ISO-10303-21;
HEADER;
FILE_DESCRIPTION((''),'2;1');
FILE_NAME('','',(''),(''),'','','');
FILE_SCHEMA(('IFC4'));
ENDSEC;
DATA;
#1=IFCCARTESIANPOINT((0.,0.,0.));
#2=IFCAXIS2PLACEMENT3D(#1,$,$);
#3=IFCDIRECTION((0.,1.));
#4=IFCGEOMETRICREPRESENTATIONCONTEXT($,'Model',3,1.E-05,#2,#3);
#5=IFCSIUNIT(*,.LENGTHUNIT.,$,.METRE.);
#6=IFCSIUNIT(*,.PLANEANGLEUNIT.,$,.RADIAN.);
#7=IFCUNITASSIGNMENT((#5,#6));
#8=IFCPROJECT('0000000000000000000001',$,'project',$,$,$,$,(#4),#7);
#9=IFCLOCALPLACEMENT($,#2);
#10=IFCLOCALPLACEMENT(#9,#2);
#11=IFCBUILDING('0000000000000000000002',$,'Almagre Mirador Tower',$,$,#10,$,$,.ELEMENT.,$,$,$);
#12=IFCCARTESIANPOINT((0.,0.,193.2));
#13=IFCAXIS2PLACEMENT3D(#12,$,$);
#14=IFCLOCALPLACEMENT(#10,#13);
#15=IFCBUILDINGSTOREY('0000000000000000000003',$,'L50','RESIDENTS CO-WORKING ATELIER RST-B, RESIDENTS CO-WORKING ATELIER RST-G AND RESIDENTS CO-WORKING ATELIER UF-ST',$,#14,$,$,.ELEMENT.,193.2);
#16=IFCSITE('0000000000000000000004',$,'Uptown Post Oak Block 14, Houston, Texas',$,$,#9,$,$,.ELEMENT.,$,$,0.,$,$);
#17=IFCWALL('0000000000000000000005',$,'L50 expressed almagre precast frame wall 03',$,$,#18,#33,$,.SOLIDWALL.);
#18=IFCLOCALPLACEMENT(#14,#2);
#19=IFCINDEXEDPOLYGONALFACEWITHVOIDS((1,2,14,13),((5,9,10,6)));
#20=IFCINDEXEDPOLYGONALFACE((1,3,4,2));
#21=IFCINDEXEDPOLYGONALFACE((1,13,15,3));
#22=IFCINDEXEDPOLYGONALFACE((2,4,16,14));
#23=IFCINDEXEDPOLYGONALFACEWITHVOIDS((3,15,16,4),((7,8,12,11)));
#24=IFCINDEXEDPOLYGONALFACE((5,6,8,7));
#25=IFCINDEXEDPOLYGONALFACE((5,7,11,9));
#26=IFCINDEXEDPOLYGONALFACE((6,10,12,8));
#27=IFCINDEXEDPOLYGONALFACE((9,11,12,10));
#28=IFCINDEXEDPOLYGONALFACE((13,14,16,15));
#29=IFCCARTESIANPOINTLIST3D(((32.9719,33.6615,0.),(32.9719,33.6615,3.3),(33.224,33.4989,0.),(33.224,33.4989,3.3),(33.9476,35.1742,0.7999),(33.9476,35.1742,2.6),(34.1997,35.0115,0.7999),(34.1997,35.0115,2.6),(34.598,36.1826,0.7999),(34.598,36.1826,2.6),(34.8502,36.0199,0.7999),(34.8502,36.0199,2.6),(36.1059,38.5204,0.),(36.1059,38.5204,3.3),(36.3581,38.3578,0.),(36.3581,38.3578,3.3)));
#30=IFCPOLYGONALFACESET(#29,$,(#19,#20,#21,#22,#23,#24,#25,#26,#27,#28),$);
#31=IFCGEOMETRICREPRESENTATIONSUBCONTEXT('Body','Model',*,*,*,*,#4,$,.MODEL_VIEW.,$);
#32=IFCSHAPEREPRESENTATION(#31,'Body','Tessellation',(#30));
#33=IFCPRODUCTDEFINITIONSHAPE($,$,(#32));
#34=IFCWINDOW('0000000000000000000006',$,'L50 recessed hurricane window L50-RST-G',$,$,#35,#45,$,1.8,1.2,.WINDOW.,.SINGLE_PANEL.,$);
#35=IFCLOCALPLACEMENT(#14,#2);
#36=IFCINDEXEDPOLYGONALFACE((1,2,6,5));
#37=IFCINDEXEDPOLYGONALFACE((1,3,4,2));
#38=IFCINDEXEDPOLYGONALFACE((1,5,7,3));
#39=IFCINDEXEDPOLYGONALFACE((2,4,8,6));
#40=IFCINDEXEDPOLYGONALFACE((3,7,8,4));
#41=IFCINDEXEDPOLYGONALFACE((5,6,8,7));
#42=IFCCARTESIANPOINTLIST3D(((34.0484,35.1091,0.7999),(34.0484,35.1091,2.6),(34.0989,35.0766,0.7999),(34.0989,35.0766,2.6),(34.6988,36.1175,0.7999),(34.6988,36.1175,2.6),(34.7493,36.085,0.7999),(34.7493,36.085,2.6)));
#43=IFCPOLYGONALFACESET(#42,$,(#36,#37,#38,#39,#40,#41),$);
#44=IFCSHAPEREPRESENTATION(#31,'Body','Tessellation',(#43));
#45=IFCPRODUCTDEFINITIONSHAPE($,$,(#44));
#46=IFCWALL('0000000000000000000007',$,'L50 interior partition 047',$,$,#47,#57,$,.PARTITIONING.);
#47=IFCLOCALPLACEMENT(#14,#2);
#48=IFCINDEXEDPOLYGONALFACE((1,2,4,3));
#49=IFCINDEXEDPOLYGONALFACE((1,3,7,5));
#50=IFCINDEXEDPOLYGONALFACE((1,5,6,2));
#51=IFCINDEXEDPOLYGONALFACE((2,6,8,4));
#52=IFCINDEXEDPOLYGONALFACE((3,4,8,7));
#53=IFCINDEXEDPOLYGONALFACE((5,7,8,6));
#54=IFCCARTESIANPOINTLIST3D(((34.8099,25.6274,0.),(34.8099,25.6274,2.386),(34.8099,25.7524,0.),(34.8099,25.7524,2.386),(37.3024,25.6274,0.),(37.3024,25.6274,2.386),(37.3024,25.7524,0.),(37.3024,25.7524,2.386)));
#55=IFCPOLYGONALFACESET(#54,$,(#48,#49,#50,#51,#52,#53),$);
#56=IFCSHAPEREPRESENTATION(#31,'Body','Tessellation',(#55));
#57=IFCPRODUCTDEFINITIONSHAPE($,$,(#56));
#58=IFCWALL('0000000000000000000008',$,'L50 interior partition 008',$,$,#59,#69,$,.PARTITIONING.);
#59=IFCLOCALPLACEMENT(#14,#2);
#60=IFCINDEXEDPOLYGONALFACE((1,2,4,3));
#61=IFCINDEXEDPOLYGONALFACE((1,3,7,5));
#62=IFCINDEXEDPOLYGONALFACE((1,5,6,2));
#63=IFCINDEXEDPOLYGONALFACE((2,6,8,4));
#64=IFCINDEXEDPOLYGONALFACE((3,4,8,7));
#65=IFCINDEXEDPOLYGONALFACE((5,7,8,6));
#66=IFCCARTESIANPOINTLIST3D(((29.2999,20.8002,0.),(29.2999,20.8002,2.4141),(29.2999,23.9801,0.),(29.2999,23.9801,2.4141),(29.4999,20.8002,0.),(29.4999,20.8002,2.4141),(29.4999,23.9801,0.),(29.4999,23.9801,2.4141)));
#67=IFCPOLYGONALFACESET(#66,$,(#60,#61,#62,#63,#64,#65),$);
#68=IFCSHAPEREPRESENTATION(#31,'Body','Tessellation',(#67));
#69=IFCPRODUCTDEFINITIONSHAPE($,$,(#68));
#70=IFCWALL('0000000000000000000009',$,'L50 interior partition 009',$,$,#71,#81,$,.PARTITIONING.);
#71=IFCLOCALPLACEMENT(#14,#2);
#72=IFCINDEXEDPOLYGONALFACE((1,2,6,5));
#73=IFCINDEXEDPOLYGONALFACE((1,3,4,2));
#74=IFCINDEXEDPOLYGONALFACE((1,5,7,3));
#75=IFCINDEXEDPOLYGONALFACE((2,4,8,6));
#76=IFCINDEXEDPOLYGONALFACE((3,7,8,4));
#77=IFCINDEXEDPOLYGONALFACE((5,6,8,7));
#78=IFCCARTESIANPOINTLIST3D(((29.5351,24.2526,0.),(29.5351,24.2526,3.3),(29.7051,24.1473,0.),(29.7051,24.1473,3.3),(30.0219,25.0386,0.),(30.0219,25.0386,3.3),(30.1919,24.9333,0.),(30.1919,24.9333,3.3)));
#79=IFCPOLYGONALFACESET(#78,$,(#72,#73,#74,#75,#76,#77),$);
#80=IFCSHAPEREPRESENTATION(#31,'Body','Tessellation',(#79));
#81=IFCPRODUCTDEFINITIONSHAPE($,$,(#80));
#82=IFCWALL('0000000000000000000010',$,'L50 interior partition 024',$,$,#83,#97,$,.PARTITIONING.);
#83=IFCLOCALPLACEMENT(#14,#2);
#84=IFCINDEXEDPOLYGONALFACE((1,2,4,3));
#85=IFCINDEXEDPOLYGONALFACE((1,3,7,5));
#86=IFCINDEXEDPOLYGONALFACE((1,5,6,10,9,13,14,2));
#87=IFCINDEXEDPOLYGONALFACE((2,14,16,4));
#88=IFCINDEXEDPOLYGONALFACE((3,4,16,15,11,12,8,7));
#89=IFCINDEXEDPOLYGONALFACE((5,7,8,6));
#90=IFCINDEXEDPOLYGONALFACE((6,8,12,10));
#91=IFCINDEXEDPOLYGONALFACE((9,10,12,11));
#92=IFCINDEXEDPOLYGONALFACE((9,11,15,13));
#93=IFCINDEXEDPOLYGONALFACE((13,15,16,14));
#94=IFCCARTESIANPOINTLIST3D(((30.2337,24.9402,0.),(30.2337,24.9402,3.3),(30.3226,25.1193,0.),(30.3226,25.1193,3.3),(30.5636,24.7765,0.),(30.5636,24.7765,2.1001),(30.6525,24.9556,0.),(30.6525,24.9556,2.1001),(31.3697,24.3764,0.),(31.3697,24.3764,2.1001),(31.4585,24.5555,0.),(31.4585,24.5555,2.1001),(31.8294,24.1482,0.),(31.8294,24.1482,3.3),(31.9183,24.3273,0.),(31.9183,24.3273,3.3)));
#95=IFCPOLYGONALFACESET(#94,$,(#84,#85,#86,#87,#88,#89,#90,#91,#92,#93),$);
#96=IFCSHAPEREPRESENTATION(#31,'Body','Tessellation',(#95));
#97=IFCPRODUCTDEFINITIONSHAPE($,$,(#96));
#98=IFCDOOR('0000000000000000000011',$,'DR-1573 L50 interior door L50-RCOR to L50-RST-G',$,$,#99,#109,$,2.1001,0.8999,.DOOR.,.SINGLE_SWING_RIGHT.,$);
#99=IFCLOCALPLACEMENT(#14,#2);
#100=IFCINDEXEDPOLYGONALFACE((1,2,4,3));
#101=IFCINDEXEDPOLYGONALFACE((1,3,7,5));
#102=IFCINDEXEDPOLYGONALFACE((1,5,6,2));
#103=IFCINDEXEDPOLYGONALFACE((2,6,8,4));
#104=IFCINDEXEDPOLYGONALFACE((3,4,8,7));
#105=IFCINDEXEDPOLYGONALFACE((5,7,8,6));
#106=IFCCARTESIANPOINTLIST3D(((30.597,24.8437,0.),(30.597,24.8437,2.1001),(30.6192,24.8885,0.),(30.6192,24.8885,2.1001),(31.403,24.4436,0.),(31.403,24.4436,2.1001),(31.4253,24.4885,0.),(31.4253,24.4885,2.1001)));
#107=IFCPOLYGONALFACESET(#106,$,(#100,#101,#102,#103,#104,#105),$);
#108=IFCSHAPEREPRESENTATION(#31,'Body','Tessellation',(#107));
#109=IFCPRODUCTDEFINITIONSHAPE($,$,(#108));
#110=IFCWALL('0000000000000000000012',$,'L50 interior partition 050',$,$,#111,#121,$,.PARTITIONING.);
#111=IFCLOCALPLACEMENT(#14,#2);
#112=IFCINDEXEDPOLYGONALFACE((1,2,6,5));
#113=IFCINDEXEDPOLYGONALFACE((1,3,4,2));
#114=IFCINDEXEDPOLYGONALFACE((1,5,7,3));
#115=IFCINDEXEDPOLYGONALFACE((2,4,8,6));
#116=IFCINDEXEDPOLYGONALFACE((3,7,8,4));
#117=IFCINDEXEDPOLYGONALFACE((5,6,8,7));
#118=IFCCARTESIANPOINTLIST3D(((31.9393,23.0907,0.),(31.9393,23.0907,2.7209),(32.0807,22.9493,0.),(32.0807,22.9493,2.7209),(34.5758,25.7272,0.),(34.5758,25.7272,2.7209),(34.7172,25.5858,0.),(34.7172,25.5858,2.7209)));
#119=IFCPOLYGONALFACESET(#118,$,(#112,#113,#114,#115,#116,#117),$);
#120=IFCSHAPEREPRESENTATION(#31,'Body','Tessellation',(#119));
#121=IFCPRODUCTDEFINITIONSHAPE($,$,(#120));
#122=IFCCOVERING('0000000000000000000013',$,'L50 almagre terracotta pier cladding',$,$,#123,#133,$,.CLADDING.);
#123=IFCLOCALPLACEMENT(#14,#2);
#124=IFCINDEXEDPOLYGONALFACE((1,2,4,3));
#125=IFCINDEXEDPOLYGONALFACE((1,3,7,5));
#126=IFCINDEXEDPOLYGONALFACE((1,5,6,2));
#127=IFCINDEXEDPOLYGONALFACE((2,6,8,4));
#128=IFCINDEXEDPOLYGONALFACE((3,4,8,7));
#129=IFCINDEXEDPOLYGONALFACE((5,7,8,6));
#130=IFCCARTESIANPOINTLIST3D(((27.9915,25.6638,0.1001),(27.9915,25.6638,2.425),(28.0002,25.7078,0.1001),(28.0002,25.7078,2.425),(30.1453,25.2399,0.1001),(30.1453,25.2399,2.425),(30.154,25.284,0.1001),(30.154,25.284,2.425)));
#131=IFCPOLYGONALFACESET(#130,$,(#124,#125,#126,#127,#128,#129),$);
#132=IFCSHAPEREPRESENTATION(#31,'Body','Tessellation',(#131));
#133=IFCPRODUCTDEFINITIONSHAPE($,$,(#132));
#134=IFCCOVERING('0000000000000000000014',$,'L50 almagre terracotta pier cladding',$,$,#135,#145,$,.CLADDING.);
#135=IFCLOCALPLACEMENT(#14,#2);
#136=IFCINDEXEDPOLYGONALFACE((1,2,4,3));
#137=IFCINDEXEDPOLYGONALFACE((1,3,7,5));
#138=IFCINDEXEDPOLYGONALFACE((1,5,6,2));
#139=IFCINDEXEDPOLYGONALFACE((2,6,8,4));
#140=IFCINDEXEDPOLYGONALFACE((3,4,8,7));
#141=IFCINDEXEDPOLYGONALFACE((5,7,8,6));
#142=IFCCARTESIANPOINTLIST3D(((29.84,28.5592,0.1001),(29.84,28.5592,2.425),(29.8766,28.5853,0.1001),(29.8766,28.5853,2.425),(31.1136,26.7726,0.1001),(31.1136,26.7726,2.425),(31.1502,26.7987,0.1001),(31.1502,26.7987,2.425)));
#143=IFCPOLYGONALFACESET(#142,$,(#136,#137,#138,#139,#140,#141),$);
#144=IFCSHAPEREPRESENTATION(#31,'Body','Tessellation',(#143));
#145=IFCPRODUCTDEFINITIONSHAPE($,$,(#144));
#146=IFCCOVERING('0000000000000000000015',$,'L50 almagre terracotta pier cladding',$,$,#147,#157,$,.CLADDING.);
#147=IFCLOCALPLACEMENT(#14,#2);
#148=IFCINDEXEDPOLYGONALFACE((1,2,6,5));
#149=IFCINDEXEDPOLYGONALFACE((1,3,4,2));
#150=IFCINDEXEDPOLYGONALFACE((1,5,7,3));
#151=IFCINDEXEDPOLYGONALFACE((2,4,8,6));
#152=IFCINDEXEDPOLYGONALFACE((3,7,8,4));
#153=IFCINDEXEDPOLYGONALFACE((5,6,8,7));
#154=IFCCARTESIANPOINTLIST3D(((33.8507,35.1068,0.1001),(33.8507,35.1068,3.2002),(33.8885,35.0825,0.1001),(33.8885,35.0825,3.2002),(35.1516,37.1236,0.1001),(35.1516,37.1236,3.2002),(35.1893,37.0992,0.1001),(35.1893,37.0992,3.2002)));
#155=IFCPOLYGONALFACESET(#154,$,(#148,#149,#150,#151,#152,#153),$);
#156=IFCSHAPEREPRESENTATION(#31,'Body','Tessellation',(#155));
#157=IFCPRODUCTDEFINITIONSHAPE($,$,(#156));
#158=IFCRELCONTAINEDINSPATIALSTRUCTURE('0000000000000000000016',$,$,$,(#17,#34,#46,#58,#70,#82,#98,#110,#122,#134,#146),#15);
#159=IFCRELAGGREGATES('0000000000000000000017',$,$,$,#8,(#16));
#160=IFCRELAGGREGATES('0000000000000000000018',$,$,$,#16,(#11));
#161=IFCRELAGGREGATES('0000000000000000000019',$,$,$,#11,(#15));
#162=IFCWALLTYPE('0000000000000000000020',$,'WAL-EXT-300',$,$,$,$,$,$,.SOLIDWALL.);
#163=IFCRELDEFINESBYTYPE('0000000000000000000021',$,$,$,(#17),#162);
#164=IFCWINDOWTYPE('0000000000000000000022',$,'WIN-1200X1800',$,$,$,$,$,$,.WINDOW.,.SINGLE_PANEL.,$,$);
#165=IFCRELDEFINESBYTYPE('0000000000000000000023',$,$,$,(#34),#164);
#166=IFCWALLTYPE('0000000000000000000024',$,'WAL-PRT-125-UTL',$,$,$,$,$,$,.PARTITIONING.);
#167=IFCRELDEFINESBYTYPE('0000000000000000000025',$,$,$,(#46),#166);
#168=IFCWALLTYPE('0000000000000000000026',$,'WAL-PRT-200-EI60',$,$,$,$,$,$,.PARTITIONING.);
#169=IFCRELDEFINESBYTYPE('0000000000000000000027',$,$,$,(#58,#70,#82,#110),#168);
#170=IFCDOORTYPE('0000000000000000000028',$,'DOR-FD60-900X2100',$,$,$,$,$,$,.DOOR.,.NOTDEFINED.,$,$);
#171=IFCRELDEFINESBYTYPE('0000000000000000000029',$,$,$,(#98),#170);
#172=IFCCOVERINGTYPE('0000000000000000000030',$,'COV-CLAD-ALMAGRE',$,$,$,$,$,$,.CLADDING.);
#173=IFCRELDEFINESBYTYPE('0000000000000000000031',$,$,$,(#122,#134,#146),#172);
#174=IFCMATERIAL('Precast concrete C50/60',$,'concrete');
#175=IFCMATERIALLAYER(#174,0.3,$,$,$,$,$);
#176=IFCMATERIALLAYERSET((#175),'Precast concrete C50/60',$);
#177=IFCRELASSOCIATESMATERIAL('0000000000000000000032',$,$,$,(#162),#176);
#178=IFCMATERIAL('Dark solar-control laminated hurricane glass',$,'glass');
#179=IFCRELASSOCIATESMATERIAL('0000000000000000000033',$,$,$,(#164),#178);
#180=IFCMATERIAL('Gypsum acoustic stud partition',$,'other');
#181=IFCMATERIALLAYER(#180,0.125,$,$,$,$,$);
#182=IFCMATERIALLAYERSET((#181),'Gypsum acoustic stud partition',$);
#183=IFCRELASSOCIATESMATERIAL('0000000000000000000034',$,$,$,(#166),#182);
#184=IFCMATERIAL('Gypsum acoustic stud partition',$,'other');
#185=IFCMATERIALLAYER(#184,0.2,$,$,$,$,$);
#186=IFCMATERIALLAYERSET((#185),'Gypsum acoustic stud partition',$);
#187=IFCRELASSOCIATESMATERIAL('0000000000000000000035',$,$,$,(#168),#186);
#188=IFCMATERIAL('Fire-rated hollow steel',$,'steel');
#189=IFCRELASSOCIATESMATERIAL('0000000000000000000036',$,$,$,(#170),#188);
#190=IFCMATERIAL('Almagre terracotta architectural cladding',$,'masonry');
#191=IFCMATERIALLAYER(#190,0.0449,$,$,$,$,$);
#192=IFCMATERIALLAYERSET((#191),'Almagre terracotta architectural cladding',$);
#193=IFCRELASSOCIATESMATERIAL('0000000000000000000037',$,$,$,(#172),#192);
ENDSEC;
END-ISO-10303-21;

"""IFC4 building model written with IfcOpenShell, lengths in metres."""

from ifc_helpers import new_model, si_unit, direction, frame, frame_2d, origin, origin_2d, place, context, subcontext, project, spatial, rectangle, extrude, material, layer, layer_set, type_object, element, fill, save


model = new_model("IFC4")

# Units and contexts
model_context = context("Model", 3, precision=1e-05, world=origin(), true_north=direction((0.0, 1.0)))
body_context = subcontext(model_context, "Body", "Model", "MODEL_VIEW")
ifc_project = project(units=[si_unit("LENGTHUNIT", "METRE"), si_unit("PLANEANGLEUNIT", "RADIAN")], contexts=[model_context])

# Site, building, storey
site_placement = place(None, origin())
site = spatial("IfcSite", under=ifc_project, at=site_placement, Name="Uptown Post Oak Block 14, Houston, Texas", CompositionType="ELEMENT", RefElevation=0.0)
building_placement = place(site_placement, origin())
building = spatial("IfcBuilding", under=site, at=building_placement, Name="Almagre Mirador Tower", CompositionType="ELEMENT")
storey_placement = place(building_placement, frame((0.0, 0.0, 193.2)))
storey = spatial("IfcBuildingStorey", under=building, at=storey_placement, Name="L50", Description="RESIDENTS CO-WORKING ATELIER RST-B, RESIDENTS CO-WORKING ATELIER RST-G AND RESIDENTS CO-WORKING ATELIER UF-ST", CompositionType="ELEMENT", Elevation=193.2)

# Shared definitions
ifc_material_1 = material(Name="Precast concrete C50/60", Category="concrete")
ifc_layer_1 = layer(ifc_material_1, 0.3)
ifc_layer_set_1 = layer_set([ifc_layer_1], Name="Precast concrete C50/60")
wall_type_1 = type_object("IfcWallType", Name="WAL-EXT-300", PredefinedType="SOLIDWALL", material=ifc_layer_set_1)

# Wall, opening, window
wall_1_placement = place(storey_placement, frame((33.0979, 33.5801, 0.0), z_axis=(0.0, 0.0, 1.0), x_axis=(0.542037, 0.840354, 0.0)))
wall_1 = element("IfcWall", 1, at=wall_1_placement, inside=storey, type_object=wall_type_1, Name="L50 expressed almagre precast frame wall 03", PredefinedType="SOLIDWALL", context=body_context, shape_type="SweptSolid", body=[
    extrude(rectangle(XDim=5.782, YDim=0.3, at=frame_2d((2.8911, 0.0))), origin(), (0.0, 0.0, 1.0), 3.3),
])
opening_1_placement = place(wall_1_placement, frame((1.8, 0.0, 0.8)))
opening_1 = element("IfcOpeningElement", 2, at=opening_1_placement, cuts=wall_1, PredefinedType="OPENING", context=body_context, shape_type="SweptSolid", body=[
    extrude(rectangle(XDim=1.2, YDim=1.8, at=frame_2d((0.6001, 0.8999))), frame((0.0, 0.1599, 0.0), z_axis=(0.0, -1.0, 0.0), x_axis=(1.0, 0.0, 0.0)), (0.0, 0.0, 1.0), 0.32),
])
ifc_material_2 = material(Name="Dark solar-control laminated hurricane glass", Category="glass")
window_type = type_object("IfcWindowType", Name="WIN-1200X1800", PartitioningType="SINGLE_PANEL", PredefinedType="WINDOW", material=ifc_material_2)
window_placement = place(opening_1_placement, origin())
window = element("IfcWindow", 3, at=window_placement, inside=storey, type_object=window_type, Name="L50 recessed hurricane window L50-RST-G", OverallHeight=1.8, OverallWidth=1.2, PartitioningType="SINGLE_PANEL", PredefinedType="WINDOW", context=body_context, shape_type="SweptSolid", body=[
    extrude(rectangle(XDim=1.2, YDim=1.8, at=frame_2d((0.6001, 0.8999))), frame((0.0, 0.03, 0.0), z_axis=(0.0, -1.0, 0.0), x_axis=(1.0, 0.0, 0.0)), (0.0, 0.0, 1.0), 0.0601),
])
fill(opening_1, window)

# Walls
ifc_material_3 = material(Name="Gypsum acoustic stud partition", Category="other")
ifc_layer_2 = layer(ifc_material_3, 0.125)
ifc_layer_set_2 = layer_set([ifc_layer_2], Name="Gypsum acoustic stud partition")
wall_type_2 = type_object("IfcWallType", Name="WAL-PRT-125-UTL", PredefinedType="PARTITIONING", material=ifc_layer_set_2)
wall_2_placement = place(storey_placement, frame((34.8101, 25.6899, 0.0), z_axis=(0.0, 0.0, 1.0), x_axis=(1.0, 0.0, 0.0)))
element("IfcWall", 4, at=wall_2_placement, inside=storey, type_object=wall_type_2, Name="L50 interior partition 047", PredefinedType="PARTITIONING", context=body_context, shape_type="SweptSolid", body=[
    extrude(rectangle(XDim=2.4924, YDim=0.125, at=frame_2d((1.2461, 0.0))), origin(), (0.0, 0.0, 1.0), 2.386),
])
ifc_material_4 = material(Name="Gypsum acoustic stud partition", Category="other")
ifc_layer_3 = layer(ifc_material_4, 0.2)
ifc_layer_set_3 = layer_set([ifc_layer_3], Name="Gypsum acoustic stud partition")
wall_type_3 = type_object("IfcWallType", Name="WAL-PRT-200-EI60", PredefinedType="PARTITIONING", material=ifc_layer_set_3)
wall_3_placement = place(storey_placement, frame((29.3999, 23.98, 0.0), z_axis=(0.0, 0.0, 1.0), x_axis=(0.0, -1.0, 0.0)))
element("IfcWall", 5, at=wall_3_placement, inside=storey, type_object=wall_type_3, Name="L50 interior partition 008", PredefinedType="PARTITIONING", context=body_context, shape_type="SweptSolid", body=[
    extrude(rectangle(XDim=3.1799, YDim=0.2, at=frame_2d((1.5898, 0.0))), origin(), (0.0, 0.0, 1.0), 2.4141),
])
wall_4_placement = place(storey_placement, frame((30.1069, 24.9861, 0.0), z_axis=(0.0, 0.0, 1.0), x_axis=(-0.526482, -0.850186, 0.0)))
element("IfcWall", 6, at=wall_4_placement, inside=storey, type_object=wall_type_3, Name="L50 interior partition 009", PredefinedType="PARTITIONING", context=body_context, shape_type="SweptSolid", body=[
    extrude(rectangle(XDim=0.9246, YDim=0.2, at=frame_2d((0.4624, 0.0))), origin(), (0.0, 0.0, 1.0), 3.3),
])

# Wall, opening, door
wall_5_placement = place(storey_placement, frame((31.8738, 24.2378, 0.0), z_axis=(0.0, 0.0, 1.0), x_axis=(-0.895739, 0.44458, 0.0)))
wall_5 = element("IfcWall", 7, at=wall_5_placement, inside=storey, type_object=wall_type_3, Name="L50 interior partition 024", PredefinedType="PARTITIONING", context=body_context, shape_type="SweptSolid", body=[
    extrude(rectangle(XDim=1.7815, YDim=0.2, at=frame_2d((0.8906, 0.0))), origin(), (0.0, 0.0, 1.0), 3.3),
])
opening_2_placement = place(wall_5_placement, frame((0.5132, 0.0, 0.0)))
opening_2 = element("IfcOpeningElement", 8, at=opening_2_placement, cuts=wall_5, PredefinedType="OPENING", context=body_context, shape_type="SweptSolid", body=[
    extrude(rectangle(XDim=0.8999, YDim=2.1001, at=frame_2d((0.45, 1.05))), frame((0.0, 0.1101, 0.0), z_axis=(0.0, -1.0, 0.0), x_axis=(1.0, 0.0, 0.0)), (0.0, 0.0, 1.0), 0.22),
])
ifc_material_5 = material(Name="Fire-rated hollow steel", Category="steel")
door_type = type_object("IfcDoorType", Name="DOR-FD60-900X2100", OperationType="NOTDEFINED", PredefinedType="DOOR", material=ifc_material_5)
door_placement = place(opening_2_placement, origin())
door = element("IfcDoor", 9, at=door_placement, inside=storey, type_object=door_type, Name="DR-1573 L50 interior door L50-RCOR to L50-RST-G", OperationType="SINGLE_SWING_RIGHT", OverallHeight=2.1001, OverallWidth=0.8999, PredefinedType="DOOR", context=body_context, shape_type="SweptSolid", body=[
    extrude(rectangle(XDim=0.8999, YDim=2.1001, at=frame_2d((0.45, 1.05))), frame((0.0, 0.0249, 0.0), z_axis=(0.0, -1.0, 0.0), x_axis=(1.0, 0.0, 0.0)), (0.0, 0.0, 1.0), 0.05),
])
fill(opening_2, door)

# Wall
wall_6_placement = place(storey_placement, frame((34.6465, 25.6565, 0.0), z_axis=(0.0, 0.0, 1.0), x_axis=(-0.707107, -0.707107, 0.0)))
element("IfcWall", 10, at=wall_6_placement, inside=storey, type_object=wall_type_3, Name="L50 interior partition 050", PredefinedType="PARTITIONING", context=body_context, shape_type="SweptSolid", body=[
    extrude(rectangle(XDim=3.7285, YDim=0.2, at=frame_2d((1.8643, 0.0))), origin(), (0.0, 0.0, 1.0), 2.7209),
])

# Coverings
ifc_material_6 = material(Name="Almagre terracotta architectural cladding", Category="masonry")
ifc_layer_4 = layer(ifc_material_6, 0.0449)
ifc_layer_set_4 = layer_set([ifc_layer_4], Name="Almagre terracotta architectural cladding")
covering_type = type_object("IfcCoveringType", Name="COV-CLAD-ALMAGRE", PredefinedType="CLADDING", material=ifc_layer_set_4)
covering_1_placement = place(storey_placement, frame((29.0728, 25.4739, 0.1001), z_axis=(0.0, 0.0, 1.0), x_axis=(0.981182, -0.193087, 0.0)))
element("IfcCovering", 11, at=covering_1_placement, inside=storey, type_object=covering_type, Name="L50 almagre terracotta pier cladding", PredefinedType="CLADDING", context=body_context, shape_type="SweptSolid", body=[
    extrude(rectangle(XDim=2.1951, YDim=0.0449, at=origin_2d()), origin(), (0.0, 0.0, 1.0), 2.325),
])
covering_2_placement = place(storey_placement, frame((30.4951, 27.679, 0.1001), z_axis=(0.0, 0.0, 1.0), x_axis=(-0.580476, 0.814278, 0.0)))
element("IfcCovering", 12, at=covering_2_placement, inside=storey, type_object=covering_type, Name="L50 almagre terracotta pier cladding", PredefinedType="CLADDING", context=body_context, shape_type="SweptSolid", body=[
    extrude(rectangle(XDim=2.1941, YDim=0.0449, at=origin_2d()), origin(), (0.0, 0.0, 1.0), 2.325),
])
covering_3_placement = place(storey_placement, frame((34.52, 36.103, 0.1001), z_axis=(0.0, 0.0, 1.0), x_axis=(0.542031, 0.840359, 0.0)))
element("IfcCovering", 13, at=covering_3_placement, inside=storey, type_object=covering_type, Name="L50 almagre terracotta pier cladding", PredefinedType="CLADDING", context=body_context, shape_type="SweptSolid", body=[
    extrude(rectangle(XDim=2.3999, YDim=0.0449, at=origin_2d()), origin(), (0.0, 0.0, 1.0), 3.1001),
])

save(model, "model.ifc")
